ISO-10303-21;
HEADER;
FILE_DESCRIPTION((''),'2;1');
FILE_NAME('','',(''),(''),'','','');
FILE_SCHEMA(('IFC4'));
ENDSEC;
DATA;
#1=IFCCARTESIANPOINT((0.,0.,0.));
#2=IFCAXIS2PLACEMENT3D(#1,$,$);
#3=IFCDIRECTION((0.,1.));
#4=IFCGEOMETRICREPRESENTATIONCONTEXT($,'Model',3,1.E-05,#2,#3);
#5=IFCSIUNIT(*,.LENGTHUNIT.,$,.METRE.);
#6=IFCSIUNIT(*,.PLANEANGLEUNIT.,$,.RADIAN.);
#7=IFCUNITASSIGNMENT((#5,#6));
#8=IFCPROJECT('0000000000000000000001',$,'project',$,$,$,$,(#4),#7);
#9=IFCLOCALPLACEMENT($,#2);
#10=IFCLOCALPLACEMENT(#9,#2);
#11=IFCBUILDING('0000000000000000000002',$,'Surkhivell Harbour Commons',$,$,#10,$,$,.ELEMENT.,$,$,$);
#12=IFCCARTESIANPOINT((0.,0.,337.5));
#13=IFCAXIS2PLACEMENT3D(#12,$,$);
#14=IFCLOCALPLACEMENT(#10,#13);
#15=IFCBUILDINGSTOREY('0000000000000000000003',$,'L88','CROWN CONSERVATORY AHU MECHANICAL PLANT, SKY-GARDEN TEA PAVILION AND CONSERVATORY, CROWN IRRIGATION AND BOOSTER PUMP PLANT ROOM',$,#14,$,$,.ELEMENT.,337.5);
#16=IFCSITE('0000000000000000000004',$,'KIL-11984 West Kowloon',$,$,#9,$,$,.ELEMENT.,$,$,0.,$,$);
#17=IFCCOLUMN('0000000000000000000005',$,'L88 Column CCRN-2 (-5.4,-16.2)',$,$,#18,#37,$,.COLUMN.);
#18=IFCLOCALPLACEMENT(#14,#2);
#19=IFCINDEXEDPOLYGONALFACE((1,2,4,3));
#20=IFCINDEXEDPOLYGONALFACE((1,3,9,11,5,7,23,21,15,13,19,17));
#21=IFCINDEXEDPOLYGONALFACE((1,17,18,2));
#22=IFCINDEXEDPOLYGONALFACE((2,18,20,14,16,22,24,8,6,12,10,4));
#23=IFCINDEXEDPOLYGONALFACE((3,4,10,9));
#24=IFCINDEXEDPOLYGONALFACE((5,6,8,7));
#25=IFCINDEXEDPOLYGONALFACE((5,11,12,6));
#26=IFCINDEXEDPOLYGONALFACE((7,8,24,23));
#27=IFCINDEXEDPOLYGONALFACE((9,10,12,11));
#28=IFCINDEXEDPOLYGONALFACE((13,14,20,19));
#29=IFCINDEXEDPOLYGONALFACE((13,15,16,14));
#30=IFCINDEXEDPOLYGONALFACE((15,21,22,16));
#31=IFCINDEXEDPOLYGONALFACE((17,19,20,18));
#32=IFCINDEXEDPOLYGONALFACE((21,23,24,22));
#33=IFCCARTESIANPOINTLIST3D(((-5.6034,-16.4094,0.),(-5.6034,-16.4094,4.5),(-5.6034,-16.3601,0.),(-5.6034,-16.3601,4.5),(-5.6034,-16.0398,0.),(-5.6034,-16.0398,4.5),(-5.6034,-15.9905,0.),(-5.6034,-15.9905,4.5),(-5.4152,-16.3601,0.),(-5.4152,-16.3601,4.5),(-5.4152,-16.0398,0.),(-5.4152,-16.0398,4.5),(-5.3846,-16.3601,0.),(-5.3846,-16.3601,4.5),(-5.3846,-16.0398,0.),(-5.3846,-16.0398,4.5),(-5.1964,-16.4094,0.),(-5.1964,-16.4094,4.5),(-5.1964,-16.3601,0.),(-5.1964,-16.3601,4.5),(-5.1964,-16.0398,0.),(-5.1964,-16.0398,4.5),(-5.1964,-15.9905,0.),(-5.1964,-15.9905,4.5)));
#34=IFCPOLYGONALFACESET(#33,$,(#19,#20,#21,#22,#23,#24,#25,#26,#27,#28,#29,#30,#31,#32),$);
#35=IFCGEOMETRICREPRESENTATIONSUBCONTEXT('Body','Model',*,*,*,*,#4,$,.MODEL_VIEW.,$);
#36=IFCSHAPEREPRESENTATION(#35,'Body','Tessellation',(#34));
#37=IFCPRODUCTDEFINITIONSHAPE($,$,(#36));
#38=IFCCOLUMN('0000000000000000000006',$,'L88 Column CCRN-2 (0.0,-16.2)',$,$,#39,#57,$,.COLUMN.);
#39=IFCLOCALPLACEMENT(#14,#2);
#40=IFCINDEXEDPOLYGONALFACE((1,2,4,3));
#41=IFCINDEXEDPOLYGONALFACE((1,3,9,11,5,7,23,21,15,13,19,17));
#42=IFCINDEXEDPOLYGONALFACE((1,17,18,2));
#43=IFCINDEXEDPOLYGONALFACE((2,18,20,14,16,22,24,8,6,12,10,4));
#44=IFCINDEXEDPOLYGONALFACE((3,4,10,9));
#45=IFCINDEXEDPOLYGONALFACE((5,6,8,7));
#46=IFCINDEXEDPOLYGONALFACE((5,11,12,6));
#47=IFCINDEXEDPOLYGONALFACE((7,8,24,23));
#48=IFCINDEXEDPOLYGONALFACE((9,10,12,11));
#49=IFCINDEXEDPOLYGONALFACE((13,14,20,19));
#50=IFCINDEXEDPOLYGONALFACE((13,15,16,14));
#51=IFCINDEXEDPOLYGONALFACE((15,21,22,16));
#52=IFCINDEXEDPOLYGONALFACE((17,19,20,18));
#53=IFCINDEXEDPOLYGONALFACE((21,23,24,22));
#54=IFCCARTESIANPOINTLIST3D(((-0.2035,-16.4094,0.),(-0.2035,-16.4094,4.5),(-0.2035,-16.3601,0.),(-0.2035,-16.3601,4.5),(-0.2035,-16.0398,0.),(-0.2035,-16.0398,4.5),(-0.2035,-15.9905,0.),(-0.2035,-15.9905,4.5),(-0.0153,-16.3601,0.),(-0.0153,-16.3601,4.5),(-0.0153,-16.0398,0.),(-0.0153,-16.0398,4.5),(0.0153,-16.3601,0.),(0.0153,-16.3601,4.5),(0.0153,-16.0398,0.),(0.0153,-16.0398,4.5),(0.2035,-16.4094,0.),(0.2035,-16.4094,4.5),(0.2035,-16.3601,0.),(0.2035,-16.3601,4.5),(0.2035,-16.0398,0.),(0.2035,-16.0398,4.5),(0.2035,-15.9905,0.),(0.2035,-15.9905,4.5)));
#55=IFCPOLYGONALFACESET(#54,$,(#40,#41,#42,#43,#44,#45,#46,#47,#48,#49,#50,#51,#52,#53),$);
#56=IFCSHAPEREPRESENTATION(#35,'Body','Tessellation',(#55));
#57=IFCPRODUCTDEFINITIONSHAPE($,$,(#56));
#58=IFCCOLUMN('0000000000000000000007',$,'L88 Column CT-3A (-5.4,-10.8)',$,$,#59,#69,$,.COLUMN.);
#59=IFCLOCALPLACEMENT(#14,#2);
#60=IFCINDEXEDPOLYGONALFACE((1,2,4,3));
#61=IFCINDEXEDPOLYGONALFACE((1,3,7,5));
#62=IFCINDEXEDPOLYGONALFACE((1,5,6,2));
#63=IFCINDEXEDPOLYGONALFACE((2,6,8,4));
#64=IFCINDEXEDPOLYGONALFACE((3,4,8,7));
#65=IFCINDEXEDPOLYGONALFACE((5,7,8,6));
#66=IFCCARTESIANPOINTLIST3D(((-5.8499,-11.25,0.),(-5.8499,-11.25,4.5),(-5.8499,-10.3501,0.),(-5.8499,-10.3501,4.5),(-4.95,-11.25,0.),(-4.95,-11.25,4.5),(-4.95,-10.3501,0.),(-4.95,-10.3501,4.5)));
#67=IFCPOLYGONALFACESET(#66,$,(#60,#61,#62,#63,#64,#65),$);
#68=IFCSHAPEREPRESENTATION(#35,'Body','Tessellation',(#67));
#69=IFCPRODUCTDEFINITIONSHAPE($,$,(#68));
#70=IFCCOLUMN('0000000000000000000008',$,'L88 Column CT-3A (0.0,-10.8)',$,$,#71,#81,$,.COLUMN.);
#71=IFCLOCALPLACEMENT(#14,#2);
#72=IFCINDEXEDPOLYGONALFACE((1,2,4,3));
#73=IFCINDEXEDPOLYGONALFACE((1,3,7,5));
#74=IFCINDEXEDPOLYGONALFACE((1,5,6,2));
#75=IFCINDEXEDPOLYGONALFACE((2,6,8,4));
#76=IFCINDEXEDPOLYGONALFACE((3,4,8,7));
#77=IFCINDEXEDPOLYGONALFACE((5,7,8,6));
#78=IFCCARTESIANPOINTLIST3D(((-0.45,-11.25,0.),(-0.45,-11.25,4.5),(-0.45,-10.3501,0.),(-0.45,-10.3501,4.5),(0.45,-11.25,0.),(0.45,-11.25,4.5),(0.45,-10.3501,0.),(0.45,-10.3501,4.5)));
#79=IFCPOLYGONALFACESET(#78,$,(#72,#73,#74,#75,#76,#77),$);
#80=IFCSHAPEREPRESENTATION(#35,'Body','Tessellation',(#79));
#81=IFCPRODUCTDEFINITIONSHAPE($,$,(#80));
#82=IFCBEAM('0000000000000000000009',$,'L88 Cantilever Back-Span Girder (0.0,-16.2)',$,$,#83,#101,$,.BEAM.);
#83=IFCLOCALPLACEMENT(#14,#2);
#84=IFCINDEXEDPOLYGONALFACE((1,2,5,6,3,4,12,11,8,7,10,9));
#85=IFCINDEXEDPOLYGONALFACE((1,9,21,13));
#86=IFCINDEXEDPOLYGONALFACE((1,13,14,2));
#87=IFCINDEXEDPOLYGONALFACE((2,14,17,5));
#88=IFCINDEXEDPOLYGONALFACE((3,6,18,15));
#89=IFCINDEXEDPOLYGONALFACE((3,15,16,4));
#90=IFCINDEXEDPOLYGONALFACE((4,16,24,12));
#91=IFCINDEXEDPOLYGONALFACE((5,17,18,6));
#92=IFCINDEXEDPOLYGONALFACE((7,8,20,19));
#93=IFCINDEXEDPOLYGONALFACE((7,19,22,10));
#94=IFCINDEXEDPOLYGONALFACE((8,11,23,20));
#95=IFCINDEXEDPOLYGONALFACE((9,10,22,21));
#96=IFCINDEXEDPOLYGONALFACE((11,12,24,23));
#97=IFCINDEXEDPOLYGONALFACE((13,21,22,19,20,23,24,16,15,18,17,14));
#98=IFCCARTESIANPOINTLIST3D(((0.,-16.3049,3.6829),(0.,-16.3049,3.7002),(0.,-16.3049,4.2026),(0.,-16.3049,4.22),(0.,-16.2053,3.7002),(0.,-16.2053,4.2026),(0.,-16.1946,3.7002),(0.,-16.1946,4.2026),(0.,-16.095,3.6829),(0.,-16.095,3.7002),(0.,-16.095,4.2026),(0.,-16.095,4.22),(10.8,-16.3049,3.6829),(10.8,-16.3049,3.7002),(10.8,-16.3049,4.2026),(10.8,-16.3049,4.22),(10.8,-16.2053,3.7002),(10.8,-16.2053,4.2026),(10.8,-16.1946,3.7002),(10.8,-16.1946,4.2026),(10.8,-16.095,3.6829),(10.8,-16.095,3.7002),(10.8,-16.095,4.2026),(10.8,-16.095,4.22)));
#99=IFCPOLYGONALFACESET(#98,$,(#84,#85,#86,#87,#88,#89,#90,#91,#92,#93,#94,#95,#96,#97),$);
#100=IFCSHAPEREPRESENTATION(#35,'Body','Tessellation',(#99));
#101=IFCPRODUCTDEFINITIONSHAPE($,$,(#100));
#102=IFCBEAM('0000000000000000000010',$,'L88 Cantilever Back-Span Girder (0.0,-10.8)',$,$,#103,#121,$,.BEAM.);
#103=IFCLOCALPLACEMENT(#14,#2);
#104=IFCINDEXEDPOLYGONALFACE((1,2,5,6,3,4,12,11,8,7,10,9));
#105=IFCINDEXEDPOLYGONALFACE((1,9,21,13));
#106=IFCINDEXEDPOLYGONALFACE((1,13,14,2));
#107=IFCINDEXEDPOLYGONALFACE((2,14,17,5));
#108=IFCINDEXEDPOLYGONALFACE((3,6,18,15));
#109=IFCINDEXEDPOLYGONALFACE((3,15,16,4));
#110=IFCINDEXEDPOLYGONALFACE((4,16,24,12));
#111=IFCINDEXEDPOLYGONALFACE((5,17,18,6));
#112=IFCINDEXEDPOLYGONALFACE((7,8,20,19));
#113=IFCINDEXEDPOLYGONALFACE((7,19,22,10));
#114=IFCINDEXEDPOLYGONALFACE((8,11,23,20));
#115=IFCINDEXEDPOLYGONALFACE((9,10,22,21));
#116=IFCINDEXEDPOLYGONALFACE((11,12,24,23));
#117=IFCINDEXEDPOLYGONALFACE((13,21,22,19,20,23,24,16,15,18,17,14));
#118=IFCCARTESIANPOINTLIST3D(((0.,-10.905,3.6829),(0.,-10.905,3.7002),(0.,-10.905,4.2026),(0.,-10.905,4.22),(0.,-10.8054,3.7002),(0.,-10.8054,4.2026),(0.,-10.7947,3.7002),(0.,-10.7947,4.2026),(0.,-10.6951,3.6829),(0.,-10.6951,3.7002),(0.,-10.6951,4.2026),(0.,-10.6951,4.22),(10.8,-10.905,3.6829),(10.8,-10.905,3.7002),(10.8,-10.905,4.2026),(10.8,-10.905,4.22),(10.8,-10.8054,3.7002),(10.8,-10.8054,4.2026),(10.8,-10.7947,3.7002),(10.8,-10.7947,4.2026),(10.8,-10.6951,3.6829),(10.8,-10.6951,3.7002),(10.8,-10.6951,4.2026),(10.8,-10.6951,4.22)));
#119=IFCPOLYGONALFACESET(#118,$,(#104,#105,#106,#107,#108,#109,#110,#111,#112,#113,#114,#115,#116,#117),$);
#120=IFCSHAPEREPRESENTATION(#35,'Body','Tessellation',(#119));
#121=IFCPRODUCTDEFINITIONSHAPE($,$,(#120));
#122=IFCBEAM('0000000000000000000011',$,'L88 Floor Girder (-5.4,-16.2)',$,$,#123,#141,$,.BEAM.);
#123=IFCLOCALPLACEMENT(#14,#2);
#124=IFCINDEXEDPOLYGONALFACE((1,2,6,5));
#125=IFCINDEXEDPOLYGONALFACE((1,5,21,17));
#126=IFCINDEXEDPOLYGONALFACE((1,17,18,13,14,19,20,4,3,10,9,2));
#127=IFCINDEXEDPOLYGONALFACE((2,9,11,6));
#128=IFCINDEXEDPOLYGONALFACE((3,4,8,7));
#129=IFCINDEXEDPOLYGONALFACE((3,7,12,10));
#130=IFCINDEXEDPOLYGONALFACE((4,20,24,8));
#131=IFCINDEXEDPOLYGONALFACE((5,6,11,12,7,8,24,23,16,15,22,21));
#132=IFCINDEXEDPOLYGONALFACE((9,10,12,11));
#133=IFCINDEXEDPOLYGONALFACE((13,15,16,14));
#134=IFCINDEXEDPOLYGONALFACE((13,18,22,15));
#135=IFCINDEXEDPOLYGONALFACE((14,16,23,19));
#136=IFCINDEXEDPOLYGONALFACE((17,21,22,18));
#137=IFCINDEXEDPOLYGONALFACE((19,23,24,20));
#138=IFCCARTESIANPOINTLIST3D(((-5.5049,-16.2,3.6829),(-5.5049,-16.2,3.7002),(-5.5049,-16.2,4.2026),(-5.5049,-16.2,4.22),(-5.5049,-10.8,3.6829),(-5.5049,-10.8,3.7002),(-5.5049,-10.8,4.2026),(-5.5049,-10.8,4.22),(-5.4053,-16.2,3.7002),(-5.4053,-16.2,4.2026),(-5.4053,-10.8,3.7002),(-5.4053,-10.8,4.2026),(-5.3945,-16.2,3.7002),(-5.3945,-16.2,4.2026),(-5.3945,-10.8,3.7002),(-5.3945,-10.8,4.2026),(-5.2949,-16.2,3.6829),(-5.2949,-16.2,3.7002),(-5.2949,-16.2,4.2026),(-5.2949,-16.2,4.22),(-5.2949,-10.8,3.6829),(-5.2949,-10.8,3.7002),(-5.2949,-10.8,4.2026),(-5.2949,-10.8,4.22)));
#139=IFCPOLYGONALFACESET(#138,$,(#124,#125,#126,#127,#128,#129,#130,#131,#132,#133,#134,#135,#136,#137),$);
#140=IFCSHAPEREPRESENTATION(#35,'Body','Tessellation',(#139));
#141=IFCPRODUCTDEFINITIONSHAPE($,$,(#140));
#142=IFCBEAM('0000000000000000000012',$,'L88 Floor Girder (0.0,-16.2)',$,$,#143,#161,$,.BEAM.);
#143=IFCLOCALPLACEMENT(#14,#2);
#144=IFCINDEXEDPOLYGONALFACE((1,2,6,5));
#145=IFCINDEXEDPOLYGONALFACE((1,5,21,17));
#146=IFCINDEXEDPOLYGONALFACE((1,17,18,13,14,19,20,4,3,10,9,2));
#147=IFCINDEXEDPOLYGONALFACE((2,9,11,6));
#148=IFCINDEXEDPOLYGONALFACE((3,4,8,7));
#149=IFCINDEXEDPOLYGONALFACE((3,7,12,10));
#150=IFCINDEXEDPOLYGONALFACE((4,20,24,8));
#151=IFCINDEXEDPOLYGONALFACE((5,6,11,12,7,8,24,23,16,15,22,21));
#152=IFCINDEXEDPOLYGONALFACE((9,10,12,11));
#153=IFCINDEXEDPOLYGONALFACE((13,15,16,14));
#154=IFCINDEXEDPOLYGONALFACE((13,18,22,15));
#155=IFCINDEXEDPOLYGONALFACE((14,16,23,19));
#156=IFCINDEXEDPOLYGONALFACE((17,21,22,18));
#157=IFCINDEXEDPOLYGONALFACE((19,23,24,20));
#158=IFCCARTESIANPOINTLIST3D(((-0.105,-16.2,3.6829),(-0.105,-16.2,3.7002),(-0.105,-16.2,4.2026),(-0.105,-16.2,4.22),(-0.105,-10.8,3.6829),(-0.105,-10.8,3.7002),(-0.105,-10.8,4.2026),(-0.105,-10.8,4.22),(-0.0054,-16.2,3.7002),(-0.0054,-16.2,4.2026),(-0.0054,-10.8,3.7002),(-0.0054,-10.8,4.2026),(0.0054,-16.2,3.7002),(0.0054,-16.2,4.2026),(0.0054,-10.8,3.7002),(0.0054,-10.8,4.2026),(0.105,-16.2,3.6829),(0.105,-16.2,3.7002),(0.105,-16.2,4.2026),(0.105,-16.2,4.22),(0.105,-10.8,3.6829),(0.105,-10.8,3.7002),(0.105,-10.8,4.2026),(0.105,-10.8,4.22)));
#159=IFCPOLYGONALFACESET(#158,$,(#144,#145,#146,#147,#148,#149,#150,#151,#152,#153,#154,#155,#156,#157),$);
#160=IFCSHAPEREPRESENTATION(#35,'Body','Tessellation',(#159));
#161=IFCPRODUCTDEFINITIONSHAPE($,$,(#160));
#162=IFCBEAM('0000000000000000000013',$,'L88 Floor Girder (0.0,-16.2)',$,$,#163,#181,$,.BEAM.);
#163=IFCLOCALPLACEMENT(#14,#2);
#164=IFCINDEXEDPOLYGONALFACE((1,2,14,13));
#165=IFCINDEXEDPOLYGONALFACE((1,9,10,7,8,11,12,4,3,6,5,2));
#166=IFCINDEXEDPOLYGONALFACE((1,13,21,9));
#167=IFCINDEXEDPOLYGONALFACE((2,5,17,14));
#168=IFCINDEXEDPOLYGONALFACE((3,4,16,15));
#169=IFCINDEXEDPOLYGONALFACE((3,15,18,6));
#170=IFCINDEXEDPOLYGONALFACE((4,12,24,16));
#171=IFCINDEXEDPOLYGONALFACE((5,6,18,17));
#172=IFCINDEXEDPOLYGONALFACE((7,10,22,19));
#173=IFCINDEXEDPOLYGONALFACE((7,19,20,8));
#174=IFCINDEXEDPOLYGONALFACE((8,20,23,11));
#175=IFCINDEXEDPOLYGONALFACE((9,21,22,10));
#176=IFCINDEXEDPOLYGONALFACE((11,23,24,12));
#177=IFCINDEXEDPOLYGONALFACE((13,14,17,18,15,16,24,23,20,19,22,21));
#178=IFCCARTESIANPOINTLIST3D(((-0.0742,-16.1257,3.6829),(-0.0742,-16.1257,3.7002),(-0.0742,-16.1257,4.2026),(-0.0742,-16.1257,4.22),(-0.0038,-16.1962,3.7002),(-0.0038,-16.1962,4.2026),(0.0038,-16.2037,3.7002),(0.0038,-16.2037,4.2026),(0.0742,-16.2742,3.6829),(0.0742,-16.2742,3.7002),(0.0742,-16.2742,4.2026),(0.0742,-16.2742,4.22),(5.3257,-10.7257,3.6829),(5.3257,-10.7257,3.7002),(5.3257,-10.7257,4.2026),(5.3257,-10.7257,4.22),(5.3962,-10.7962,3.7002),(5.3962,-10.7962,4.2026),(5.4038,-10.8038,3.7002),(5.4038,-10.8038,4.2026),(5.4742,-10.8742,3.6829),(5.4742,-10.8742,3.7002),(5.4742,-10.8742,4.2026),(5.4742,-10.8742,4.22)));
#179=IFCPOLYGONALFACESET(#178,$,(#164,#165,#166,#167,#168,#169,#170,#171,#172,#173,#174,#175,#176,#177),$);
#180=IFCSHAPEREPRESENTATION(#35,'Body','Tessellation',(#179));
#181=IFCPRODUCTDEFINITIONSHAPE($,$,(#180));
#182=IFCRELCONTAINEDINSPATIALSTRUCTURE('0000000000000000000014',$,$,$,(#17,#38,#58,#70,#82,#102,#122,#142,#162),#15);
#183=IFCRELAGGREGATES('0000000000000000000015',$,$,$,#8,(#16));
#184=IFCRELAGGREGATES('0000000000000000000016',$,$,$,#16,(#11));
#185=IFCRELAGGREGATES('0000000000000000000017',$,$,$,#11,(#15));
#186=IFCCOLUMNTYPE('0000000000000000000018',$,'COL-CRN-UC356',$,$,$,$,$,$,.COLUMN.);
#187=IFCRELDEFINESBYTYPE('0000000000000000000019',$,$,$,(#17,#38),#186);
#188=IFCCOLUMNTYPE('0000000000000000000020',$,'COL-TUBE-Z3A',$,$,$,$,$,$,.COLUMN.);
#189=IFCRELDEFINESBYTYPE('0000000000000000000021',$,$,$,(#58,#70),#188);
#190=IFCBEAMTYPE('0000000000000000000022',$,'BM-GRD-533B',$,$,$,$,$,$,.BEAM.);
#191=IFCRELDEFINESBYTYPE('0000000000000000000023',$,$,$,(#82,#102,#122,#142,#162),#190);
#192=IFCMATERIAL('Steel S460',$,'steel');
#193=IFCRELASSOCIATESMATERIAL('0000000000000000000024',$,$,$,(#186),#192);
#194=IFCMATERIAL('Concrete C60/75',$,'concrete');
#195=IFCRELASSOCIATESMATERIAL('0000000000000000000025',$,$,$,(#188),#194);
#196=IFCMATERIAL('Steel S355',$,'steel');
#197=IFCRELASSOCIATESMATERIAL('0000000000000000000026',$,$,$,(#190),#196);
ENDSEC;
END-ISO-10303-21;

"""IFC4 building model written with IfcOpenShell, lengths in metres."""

from ifc_helpers import new_model, si_unit, direction, frame, origin, origin_2d, place, context, subcontext, project, spatial, rectangle, i_section, extrude, material, material_profile, profile_set, type_object, element, save


model = new_model("IFC4")

# Units and contexts
model_context = context("Model", 3, precision=1e-05, world=origin(), true_north=direction((0.0, 1.0)))
body_context = subcontext(model_context, "Body", "Model", "MODEL_VIEW")
ifc_project = project(units=[si_unit("LENGTHUNIT", "METRE"), si_unit("PLANEANGLEUNIT", "RADIAN")], contexts=[model_context])

# Site, building, storey
site_placement = place(None, origin())
site = spatial("IfcSite", under=ifc_project, at=site_placement, Name="KIL-11984 West Kowloon", CompositionType="ELEMENT", RefElevation=0.0)
building_placement = place(site_placement, origin())
building = spatial("IfcBuilding", under=site, at=building_placement, Name="Surkhivell Harbour Commons", CompositionType="ELEMENT")
storey_placement = place(building_placement, frame((0.0, 0.0, 337.5)))
storey = spatial("IfcBuildingStorey", under=building, at=storey_placement, Name="L88", Description="CROWN CONSERVATORY AHU MECHANICAL PLANT, SKY-GARDEN TEA PAVILION AND CONSERVATORY, CROWN IRRIGATION AND BOOSTER PUMP PLANT ROOM", CompositionType="ELEMENT", Elevation=337.5)

# Columns
ifc_material_1 = material(Name="Steel S460", Category="steel")
ifc_material_profile_1 = material_profile(ifc_material_1, i_section(OverallWidth=0.407, OverallDepth=0.4189, WebThickness=0.0305, FlangeThickness=0.0493, at=origin_2d()), Name="UC356x406x393")
ifc_profile_set_1 = profile_set([ifc_material_profile_1], Name="Steel S460")
column_type_1 = type_object("IfcColumnType", Name="COL-CRN-UC356", PredefinedType="COLUMN", material=ifc_profile_set_1)
for number, where, z_axis, x_axis, name in (
    (1, (-5.3999, -16.2, 0.0), (0.0, 0.0, 1.0), (1.0, 0.0, 0.0), "L88 Column CCRN-2 (-5.4,-16.2)"),
    (2, (0.0, -16.2, 0.0), (0.0, 0.0, 1.0), (1.0, 0.0, 0.0), "L88 Column CCRN-2 (0.0,-16.2)"),
):
    element("IfcColumn", number, at=place(storey_placement, frame(where, z_axis=z_axis, x_axis=x_axis)), inside=storey, type_object=column_type_1, Name=name, PredefinedType="COLUMN", context=body_context, shape_type="SweptSolid", body=[
        extrude(i_section(OverallWidth=0.407, OverallDepth=0.4189, WebThickness=0.0305, FlangeThickness=0.0493, at=origin_2d()), origin(), (0.0, 0.0, 1.0), 4.5),
    ])
ifc_material_2 = material(Name="Concrete C60/75", Category="concrete")
ifc_material_profile_2 = material_profile(ifc_material_2, rectangle(XDim=0.8999, YDim=0.8999, at=origin_2d()), Name="RC-COL-900x900")
ifc_profile_set_2 = profile_set([ifc_material_profile_2], Name="Concrete C60/75")
column_type_2 = type_object("IfcColumnType", Name="COL-TUBE-Z3A", PredefinedType="COLUMN", material=ifc_profile_set_2)
for number, where, z_axis, x_axis, name in (
    (3, (-5.3999, -10.8, 0.0), (0.0, 0.0, 1.0), (1.0, 0.0, 0.0), "L88 Column CT-3A (-5.4,-10.8)"),
    (4, (0.0, -10.8, 0.0), (0.0, 0.0, 1.0), (1.0, 0.0, 0.0), "L88 Column CT-3A (0.0,-10.8)"),
):
    element("IfcColumn", number, at=place(storey_placement, frame(where, z_axis=z_axis, x_axis=x_axis)), inside=storey, type_object=column_type_2, Name=name, PredefinedType="COLUMN", context=body_context, shape_type="SweptSolid", body=[
        extrude(rectangle(XDim=0.8999, YDim=0.8999, at=origin_2d()), origin(), (0.0, 0.0, 1.0), 4.5),
    ])

# Beams
ifc_material_3 = material(Name="Steel S355", Category="steel")
ifc_material_profile_3 = material_profile(ifc_material_3, i_section(OverallWidth=0.21, OverallDepth=0.5371, WebThickness=0.0107, FlangeThickness=0.0173, at=origin_2d()), Name="UB533x210x101")
ifc_profile_set_3 = profile_set([ifc_material_profile_3], Name="Steel S355")
beam_type_1 = type_object("IfcBeamType", Name="BM-GRD-533B", PredefinedType="BEAM", material=ifc_profile_set_3)
for number, where, z_axis, x_axis, name in (
    (5, (0.0, -16.2, 3.9514), (1.0, 0.0, 0.0), (0.0, 1.0, 0.0), "L88 Cantilever Back-Span Girder (0.0,-16.2)"),
    (6, (0.0, -10.8, 3.9514), (1.0, 0.0, 0.0), (0.0, 1.0, 0.0), "L88 Cantilever Back-Span Girder (0.0,-10.8)"),
):
    element("IfcBeam", number, at=place(storey_placement, frame(where, z_axis=z_axis, x_axis=x_axis)), inside=storey, type_object=beam_type_1, Name=name, PredefinedType="BEAM", context=body_context, shape_type="SweptSolid", body=[
        extrude(i_section(OverallWidth=0.21, OverallDepth=0.5371, WebThickness=0.0107, FlangeThickness=0.0173, at=origin_2d()), origin(), (0.0, 0.0, 1.0), 10.8),
    ])
for number, where, z_axis, x_axis, name in (
    (7, (-5.3999, -16.2, 3.9514), (0.0, 1.0, 0.0), (-1.0, 0.0, 0.0), "L88 Floor Girder (-5.4,-16.2)"),
    (8, (0.0, -16.2, 3.9514), (0.0, 1.0, 0.0), (-1.0, 0.0, 0.0), "L88 Floor Girder (0.0,-16.2)"),
):
    element("IfcBeam", number, at=place(storey_placement, frame(where, z_axis=z_axis, x_axis=x_axis)), inside=storey, type_object=beam_type_1, Name=name, PredefinedType="BEAM", context=body_context, shape_type="SweptSolid", body=[
        extrude(i_section(OverallWidth=0.21, OverallDepth=0.5371, WebThickness=0.0107, FlangeThickness=0.0173, at=origin_2d()), origin(), (0.0, 0.0, 1.0), 5.3999),
    ])
beam_1_placement = place(storey_placement, frame((0.0, -16.2, 3.9514), z_axis=(0.707107, 0.707107, 0.0), x_axis=(-0.707107, 0.707107, 0.0)))
element("IfcBeam", 9, at=beam_1_placement, inside=storey, type_object=beam_type_1, Name="L88 Floor Girder (0.0,-16.2)", PredefinedType="BEAM", context=body_context, shape_type="SweptSolid", body=[
    extrude(i_section(OverallWidth=0.21, OverallDepth=0.5371, WebThickness=0.0107, FlangeThickness=0.0173, at=origin_2d()), origin(), (0.0, 0.0, 1.0), 7.6367),
])

save(model, "model.ifc")
